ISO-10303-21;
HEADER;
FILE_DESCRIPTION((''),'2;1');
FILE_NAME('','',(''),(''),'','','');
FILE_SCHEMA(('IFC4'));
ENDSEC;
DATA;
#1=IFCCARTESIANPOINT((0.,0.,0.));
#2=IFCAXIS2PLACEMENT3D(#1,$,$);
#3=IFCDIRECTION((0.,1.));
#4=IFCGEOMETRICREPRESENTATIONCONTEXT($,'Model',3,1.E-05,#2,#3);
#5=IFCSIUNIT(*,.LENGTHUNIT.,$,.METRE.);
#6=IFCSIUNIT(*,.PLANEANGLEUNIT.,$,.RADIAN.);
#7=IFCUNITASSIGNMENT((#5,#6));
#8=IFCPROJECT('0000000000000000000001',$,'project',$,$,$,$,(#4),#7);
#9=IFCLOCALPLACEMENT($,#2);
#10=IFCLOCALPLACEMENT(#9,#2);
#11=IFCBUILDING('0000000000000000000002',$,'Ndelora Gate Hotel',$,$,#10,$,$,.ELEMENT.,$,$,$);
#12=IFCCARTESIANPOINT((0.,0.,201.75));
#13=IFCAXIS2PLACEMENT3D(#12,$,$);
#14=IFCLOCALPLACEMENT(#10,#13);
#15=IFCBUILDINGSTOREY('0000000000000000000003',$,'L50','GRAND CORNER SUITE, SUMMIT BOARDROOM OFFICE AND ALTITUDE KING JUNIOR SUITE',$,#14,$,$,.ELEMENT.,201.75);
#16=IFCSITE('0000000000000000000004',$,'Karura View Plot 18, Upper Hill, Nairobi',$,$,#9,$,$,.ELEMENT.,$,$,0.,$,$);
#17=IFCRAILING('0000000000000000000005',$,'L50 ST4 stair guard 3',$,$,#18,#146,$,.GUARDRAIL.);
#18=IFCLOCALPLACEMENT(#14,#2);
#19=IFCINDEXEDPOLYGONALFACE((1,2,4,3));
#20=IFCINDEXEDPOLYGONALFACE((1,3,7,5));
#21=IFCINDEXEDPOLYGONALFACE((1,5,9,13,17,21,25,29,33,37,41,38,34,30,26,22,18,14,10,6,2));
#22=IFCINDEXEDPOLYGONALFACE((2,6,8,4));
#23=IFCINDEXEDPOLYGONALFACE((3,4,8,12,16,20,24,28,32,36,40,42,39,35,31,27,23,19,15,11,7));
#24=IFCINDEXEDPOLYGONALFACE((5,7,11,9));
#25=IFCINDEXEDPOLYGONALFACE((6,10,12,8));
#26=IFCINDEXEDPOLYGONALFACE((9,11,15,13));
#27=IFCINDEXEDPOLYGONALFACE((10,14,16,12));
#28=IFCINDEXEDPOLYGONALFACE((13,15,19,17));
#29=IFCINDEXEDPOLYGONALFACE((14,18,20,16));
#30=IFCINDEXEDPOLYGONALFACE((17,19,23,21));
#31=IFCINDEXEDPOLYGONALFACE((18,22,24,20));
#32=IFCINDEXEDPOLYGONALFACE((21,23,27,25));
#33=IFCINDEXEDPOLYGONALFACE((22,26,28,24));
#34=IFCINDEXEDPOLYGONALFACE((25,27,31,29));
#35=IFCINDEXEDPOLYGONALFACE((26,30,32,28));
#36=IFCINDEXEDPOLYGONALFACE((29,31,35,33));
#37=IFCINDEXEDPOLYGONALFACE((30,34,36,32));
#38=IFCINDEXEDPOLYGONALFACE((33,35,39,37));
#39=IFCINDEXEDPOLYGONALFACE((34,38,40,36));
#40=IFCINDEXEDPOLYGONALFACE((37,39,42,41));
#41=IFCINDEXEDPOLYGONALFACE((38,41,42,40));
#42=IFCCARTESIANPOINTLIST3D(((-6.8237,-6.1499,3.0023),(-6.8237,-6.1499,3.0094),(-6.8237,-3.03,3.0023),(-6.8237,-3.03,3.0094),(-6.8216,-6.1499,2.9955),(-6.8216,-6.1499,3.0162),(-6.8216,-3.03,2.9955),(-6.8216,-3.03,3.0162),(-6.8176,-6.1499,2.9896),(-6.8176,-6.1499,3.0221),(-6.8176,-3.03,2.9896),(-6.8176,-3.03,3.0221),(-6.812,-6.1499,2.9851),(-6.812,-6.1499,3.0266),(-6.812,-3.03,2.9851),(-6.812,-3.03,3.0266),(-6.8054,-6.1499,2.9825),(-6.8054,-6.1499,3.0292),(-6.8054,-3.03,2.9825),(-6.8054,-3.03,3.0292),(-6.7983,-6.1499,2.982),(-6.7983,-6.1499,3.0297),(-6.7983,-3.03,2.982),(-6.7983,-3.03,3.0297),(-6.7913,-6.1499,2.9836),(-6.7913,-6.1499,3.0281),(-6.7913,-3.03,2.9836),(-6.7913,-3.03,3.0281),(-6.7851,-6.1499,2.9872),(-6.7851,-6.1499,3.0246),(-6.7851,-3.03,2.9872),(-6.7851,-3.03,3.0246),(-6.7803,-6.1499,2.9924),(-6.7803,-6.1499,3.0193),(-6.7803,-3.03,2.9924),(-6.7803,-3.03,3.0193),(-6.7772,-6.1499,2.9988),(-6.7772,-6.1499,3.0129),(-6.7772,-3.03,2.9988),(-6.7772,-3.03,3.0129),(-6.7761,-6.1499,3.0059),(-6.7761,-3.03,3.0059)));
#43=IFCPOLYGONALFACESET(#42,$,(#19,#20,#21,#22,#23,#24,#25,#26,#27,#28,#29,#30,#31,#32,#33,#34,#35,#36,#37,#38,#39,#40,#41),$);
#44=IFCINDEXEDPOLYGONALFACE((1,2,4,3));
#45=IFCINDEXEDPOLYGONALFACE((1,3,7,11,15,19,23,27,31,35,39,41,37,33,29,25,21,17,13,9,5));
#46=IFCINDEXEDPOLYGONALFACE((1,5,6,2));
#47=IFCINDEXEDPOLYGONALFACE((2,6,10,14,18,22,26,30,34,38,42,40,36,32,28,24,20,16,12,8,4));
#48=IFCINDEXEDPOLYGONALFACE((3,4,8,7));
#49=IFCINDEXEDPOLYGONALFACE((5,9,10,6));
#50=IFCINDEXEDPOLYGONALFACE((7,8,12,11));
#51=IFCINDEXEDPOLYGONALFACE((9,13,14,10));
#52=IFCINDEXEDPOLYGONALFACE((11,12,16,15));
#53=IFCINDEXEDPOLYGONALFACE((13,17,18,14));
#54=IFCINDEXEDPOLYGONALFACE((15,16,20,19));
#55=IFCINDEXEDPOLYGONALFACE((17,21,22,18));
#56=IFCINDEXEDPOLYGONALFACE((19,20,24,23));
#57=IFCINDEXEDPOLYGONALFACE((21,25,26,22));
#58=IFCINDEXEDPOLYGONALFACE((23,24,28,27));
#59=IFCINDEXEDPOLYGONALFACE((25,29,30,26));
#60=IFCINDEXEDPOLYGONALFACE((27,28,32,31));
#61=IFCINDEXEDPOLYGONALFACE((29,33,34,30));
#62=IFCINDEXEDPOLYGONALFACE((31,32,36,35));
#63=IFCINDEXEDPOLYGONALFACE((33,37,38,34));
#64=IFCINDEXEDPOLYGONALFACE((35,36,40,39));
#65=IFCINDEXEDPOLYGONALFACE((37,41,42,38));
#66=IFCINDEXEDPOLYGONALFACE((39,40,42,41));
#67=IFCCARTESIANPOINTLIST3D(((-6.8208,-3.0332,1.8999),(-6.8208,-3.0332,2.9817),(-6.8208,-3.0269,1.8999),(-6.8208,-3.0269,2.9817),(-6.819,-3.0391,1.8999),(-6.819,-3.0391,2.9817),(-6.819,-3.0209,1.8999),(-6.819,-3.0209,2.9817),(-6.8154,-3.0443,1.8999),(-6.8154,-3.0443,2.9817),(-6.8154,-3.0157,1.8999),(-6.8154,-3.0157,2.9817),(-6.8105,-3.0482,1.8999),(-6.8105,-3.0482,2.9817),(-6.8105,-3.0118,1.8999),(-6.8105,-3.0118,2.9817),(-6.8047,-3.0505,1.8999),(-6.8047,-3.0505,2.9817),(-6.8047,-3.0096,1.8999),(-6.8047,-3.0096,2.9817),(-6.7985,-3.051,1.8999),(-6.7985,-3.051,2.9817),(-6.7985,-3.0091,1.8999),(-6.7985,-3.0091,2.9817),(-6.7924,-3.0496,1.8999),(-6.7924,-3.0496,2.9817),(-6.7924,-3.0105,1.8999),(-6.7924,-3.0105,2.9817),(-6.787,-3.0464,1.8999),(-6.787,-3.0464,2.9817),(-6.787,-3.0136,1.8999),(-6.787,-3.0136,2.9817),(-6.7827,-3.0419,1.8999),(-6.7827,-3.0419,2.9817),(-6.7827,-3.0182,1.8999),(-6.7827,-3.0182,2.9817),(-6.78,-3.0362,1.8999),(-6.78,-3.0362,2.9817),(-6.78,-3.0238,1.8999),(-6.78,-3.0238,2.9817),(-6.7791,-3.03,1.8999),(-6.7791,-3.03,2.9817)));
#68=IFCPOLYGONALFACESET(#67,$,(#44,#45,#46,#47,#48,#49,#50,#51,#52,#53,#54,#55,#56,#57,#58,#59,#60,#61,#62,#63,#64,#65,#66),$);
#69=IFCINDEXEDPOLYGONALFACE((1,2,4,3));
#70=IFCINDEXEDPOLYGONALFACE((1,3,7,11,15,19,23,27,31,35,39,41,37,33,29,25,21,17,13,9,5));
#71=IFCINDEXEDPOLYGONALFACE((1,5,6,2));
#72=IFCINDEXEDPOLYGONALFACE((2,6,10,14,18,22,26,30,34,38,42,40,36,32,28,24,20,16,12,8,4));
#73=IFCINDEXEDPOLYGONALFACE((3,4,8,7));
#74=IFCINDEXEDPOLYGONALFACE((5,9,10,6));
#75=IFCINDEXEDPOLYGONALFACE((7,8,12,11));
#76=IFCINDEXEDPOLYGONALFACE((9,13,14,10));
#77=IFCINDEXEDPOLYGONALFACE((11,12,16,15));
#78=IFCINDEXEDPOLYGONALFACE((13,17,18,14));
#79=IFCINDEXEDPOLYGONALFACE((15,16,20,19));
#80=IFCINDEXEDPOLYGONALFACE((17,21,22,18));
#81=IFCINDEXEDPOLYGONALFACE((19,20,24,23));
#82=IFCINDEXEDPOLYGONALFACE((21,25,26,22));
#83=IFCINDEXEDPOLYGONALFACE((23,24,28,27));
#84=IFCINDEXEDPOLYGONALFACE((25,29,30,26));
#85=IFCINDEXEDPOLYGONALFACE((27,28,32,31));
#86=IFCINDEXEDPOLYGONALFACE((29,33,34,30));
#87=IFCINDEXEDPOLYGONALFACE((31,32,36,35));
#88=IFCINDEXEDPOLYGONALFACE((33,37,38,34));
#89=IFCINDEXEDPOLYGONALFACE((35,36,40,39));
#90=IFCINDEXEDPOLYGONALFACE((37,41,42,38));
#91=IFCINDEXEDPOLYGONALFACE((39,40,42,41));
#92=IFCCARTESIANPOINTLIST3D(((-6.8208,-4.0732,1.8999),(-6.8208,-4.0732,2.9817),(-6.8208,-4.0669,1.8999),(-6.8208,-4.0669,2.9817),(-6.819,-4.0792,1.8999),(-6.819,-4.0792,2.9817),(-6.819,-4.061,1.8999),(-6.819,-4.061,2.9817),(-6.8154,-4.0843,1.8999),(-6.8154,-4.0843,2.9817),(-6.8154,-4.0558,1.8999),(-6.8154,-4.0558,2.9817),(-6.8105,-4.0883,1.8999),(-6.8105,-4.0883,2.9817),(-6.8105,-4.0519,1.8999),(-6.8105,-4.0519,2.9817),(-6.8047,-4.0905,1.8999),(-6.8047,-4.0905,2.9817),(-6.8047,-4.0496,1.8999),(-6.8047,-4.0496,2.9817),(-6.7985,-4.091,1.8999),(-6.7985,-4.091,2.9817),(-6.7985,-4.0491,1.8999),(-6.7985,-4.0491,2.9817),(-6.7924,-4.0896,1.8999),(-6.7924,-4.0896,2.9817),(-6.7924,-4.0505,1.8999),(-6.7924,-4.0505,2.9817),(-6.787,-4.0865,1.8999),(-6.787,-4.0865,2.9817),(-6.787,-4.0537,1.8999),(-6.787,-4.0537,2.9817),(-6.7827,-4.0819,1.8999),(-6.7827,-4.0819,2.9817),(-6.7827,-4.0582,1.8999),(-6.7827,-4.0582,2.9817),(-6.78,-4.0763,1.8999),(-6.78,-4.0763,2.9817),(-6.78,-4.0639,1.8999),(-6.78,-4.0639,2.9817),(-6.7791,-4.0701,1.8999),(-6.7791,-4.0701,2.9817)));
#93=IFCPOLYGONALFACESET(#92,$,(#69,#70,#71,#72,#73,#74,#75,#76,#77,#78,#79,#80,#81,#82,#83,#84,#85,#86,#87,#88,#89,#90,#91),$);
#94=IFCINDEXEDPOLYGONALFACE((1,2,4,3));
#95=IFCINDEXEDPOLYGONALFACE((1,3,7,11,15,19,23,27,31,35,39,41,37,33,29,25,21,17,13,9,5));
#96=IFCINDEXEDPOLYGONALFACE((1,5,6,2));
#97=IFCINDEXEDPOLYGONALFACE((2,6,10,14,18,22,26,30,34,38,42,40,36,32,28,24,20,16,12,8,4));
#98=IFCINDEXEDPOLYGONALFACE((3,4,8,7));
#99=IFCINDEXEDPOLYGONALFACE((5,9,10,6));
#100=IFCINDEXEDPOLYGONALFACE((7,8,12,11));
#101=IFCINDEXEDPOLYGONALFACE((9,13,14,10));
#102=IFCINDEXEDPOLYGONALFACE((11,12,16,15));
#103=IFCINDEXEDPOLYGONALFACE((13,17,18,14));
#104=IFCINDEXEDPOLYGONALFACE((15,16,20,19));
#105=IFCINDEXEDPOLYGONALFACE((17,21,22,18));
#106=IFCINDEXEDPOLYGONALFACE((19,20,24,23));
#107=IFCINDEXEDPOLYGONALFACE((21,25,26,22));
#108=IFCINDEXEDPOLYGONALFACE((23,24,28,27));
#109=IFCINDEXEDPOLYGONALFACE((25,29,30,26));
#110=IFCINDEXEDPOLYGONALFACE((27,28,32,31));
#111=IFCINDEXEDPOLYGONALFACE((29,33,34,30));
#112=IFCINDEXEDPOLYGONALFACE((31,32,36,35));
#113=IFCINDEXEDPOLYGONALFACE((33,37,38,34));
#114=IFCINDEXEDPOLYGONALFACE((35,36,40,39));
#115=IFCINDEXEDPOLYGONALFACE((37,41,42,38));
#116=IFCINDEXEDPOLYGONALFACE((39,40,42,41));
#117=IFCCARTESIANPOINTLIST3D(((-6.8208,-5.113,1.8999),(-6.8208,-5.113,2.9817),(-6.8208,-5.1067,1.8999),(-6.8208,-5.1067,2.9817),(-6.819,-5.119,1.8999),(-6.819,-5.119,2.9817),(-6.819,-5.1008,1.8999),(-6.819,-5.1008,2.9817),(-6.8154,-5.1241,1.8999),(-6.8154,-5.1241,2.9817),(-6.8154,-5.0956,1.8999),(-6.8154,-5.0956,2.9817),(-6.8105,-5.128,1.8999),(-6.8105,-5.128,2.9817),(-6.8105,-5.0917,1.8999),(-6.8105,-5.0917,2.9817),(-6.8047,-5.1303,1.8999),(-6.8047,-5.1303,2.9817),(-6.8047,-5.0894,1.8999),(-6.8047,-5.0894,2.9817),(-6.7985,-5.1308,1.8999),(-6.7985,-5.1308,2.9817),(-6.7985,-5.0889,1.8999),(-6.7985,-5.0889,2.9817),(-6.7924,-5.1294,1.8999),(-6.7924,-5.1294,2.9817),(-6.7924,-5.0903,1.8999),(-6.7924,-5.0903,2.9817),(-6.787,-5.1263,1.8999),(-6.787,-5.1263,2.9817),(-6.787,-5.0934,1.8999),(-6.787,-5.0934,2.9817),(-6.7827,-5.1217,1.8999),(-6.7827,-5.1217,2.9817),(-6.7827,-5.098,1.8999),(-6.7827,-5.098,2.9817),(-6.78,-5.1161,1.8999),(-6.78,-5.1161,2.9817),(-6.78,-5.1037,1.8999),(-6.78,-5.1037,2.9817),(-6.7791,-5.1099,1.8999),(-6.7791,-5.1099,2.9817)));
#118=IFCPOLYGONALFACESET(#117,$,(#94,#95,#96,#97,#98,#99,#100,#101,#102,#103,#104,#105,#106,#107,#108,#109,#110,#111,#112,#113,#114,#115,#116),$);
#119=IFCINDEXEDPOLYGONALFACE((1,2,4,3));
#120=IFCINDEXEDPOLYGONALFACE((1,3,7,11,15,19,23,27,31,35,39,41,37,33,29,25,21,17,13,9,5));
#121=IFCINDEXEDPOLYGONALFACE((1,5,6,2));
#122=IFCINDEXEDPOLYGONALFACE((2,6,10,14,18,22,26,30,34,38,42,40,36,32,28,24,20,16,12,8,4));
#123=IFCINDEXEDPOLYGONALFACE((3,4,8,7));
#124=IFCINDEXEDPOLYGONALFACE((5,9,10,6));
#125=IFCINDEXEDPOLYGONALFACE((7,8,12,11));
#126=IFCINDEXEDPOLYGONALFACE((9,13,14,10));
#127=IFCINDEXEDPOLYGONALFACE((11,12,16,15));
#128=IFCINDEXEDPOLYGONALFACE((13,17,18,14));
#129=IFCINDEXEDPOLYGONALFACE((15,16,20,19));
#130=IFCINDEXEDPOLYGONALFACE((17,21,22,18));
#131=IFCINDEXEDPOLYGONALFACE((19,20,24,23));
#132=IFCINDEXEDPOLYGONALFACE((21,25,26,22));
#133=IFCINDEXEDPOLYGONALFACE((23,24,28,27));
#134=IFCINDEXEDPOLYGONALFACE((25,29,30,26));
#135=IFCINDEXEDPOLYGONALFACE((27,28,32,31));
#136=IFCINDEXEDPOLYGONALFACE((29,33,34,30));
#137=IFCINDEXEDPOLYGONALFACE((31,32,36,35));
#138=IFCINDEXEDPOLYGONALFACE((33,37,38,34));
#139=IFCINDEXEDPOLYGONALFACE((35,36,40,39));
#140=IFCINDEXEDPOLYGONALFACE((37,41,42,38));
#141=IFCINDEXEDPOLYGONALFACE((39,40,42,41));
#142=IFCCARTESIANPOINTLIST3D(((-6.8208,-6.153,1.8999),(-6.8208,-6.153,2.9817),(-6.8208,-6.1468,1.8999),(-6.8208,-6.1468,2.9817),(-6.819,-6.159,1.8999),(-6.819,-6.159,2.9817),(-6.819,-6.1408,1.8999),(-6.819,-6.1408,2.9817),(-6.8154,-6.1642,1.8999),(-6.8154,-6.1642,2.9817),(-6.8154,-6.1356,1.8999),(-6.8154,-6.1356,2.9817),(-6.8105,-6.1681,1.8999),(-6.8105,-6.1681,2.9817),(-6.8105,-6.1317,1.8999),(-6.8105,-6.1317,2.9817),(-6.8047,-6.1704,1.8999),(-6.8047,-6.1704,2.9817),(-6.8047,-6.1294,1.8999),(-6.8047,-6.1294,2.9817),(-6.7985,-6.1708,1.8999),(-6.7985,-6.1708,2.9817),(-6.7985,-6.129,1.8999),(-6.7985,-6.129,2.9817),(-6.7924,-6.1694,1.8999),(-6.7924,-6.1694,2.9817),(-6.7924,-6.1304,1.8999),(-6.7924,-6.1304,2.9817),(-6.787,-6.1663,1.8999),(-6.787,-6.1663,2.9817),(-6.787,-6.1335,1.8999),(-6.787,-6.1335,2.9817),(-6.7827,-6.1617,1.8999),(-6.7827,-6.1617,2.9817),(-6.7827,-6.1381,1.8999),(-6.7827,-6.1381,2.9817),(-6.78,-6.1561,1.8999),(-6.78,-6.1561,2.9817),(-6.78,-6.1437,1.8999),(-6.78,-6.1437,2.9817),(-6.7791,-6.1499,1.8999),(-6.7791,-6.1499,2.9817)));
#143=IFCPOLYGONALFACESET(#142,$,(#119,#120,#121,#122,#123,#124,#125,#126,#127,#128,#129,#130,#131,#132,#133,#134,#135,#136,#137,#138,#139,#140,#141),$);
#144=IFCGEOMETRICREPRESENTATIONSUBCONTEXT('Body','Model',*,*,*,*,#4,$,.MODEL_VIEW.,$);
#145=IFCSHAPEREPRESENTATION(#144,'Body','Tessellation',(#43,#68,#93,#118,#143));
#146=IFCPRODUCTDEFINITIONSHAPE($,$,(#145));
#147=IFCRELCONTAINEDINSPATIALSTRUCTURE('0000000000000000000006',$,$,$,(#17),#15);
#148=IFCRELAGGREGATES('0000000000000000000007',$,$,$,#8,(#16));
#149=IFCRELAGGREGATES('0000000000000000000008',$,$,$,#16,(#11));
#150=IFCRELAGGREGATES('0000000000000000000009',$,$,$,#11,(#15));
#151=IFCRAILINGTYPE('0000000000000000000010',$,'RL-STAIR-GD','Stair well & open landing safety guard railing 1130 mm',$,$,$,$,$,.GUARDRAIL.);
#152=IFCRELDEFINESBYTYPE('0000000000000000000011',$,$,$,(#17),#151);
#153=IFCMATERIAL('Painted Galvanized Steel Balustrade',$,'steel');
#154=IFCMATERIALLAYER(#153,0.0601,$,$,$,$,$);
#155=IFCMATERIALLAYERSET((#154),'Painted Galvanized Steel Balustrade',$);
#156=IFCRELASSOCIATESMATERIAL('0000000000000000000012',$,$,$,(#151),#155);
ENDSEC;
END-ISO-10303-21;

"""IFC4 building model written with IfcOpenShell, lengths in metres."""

from ifc_helpers import new_model, si_unit, direction, frame, origin, origin_2d, place, context, subcontext, project, spatial, circle, extrude, material, layer, layer_set, type_object, element, save


model = new_model("IFC4")

# Units and contexts
model_context = context("Model", 3, precision=1e-05, world=origin(), true_north=direction((0.0, 1.0)))
body_context = subcontext(model_context, "Body", "Model", "MODEL_VIEW")
ifc_project = project(units=[si_unit("LENGTHUNIT", "METRE"), si_unit("PLANEANGLEUNIT", "RADIAN")], contexts=[model_context])

# Site, building, storey
site_placement = place(None, origin())
site = spatial("IfcSite", under=ifc_project, at=site_placement, Name="Karura View Plot 18, Upper Hill, Nairobi", CompositionType="ELEMENT", RefElevation=0.0)
building_placement = place(site_placement, origin())
building = spatial("IfcBuilding", under=site, at=building_placement, Name="Ndelora Gate Hotel", CompositionType="ELEMENT")
storey_placement = place(building_placement, frame((0.0, 0.0, 201.75)))
storey = spatial("IfcBuildingStorey", under=building, at=storey_placement, Name="L50", Description="GRAND CORNER SUITE, SUMMIT BOARDROOM OFFICE AND ALTITUDE KING JUNIOR SUITE", CompositionType="ELEMENT", Elevation=201.75)

# Railing
ifc_material_1 = material(Name="Painted Galvanized Steel Balustrade", Category="steel")
ifc_layer_1 = layer(ifc_material_1, 0.0601)
ifc_layer_set_1 = layer_set([ifc_layer_1], Name="Painted Galvanized Steel Balustrade")
railing_type_1 = type_object("IfcRailingType", Name="RL-STAIR-GD", Description="Stair well & open landing safety guard railing 1130 mm", PredefinedType="GUARDRAIL", material=ifc_layer_set_1)
for number, where, name in (
    (1, (-6.8, -3.03, 1.8999), "L50 ST4 stair guard 3"),
):
    element("IfcRailing", number, at=place(storey_placement, frame(where)), inside=storey, type_object=railing_type_1, Name=name, PredefinedType="GUARDRAIL", context=body_context, shape_type="SweptSolid", body=[
        extrude(circle(Radius=0.0239, at=origin_2d()), frame((0.0, 0.0, 1.106), z_axis=(0.0, -1.0, 0.0), x_axis=(1.0, 0.0, 0.0)), (0.0, 0.0, 1.0), 3.1199),
        extrude(circle(Radius=0.021, at=origin_2d()), origin(), (0.0, 0.0, 1.0), 1.0818),
        extrude(circle(Radius=0.021, at=origin_2d()), frame((0.0, -1.04, 0.0)), (0.0, 0.0, 1.0), 1.0818),
        extrude(circle(Radius=0.021, at=origin_2d()), frame((0.0, -2.0798, 0.0)), (0.0, 0.0, 1.0), 1.0818),
        extrude(circle(Radius=0.021, at=origin_2d()), frame((0.0, -3.1199, 0.0)), (0.0, 0.0, 1.0), 1.0818),
    ])

save(model, "model.ifc")
